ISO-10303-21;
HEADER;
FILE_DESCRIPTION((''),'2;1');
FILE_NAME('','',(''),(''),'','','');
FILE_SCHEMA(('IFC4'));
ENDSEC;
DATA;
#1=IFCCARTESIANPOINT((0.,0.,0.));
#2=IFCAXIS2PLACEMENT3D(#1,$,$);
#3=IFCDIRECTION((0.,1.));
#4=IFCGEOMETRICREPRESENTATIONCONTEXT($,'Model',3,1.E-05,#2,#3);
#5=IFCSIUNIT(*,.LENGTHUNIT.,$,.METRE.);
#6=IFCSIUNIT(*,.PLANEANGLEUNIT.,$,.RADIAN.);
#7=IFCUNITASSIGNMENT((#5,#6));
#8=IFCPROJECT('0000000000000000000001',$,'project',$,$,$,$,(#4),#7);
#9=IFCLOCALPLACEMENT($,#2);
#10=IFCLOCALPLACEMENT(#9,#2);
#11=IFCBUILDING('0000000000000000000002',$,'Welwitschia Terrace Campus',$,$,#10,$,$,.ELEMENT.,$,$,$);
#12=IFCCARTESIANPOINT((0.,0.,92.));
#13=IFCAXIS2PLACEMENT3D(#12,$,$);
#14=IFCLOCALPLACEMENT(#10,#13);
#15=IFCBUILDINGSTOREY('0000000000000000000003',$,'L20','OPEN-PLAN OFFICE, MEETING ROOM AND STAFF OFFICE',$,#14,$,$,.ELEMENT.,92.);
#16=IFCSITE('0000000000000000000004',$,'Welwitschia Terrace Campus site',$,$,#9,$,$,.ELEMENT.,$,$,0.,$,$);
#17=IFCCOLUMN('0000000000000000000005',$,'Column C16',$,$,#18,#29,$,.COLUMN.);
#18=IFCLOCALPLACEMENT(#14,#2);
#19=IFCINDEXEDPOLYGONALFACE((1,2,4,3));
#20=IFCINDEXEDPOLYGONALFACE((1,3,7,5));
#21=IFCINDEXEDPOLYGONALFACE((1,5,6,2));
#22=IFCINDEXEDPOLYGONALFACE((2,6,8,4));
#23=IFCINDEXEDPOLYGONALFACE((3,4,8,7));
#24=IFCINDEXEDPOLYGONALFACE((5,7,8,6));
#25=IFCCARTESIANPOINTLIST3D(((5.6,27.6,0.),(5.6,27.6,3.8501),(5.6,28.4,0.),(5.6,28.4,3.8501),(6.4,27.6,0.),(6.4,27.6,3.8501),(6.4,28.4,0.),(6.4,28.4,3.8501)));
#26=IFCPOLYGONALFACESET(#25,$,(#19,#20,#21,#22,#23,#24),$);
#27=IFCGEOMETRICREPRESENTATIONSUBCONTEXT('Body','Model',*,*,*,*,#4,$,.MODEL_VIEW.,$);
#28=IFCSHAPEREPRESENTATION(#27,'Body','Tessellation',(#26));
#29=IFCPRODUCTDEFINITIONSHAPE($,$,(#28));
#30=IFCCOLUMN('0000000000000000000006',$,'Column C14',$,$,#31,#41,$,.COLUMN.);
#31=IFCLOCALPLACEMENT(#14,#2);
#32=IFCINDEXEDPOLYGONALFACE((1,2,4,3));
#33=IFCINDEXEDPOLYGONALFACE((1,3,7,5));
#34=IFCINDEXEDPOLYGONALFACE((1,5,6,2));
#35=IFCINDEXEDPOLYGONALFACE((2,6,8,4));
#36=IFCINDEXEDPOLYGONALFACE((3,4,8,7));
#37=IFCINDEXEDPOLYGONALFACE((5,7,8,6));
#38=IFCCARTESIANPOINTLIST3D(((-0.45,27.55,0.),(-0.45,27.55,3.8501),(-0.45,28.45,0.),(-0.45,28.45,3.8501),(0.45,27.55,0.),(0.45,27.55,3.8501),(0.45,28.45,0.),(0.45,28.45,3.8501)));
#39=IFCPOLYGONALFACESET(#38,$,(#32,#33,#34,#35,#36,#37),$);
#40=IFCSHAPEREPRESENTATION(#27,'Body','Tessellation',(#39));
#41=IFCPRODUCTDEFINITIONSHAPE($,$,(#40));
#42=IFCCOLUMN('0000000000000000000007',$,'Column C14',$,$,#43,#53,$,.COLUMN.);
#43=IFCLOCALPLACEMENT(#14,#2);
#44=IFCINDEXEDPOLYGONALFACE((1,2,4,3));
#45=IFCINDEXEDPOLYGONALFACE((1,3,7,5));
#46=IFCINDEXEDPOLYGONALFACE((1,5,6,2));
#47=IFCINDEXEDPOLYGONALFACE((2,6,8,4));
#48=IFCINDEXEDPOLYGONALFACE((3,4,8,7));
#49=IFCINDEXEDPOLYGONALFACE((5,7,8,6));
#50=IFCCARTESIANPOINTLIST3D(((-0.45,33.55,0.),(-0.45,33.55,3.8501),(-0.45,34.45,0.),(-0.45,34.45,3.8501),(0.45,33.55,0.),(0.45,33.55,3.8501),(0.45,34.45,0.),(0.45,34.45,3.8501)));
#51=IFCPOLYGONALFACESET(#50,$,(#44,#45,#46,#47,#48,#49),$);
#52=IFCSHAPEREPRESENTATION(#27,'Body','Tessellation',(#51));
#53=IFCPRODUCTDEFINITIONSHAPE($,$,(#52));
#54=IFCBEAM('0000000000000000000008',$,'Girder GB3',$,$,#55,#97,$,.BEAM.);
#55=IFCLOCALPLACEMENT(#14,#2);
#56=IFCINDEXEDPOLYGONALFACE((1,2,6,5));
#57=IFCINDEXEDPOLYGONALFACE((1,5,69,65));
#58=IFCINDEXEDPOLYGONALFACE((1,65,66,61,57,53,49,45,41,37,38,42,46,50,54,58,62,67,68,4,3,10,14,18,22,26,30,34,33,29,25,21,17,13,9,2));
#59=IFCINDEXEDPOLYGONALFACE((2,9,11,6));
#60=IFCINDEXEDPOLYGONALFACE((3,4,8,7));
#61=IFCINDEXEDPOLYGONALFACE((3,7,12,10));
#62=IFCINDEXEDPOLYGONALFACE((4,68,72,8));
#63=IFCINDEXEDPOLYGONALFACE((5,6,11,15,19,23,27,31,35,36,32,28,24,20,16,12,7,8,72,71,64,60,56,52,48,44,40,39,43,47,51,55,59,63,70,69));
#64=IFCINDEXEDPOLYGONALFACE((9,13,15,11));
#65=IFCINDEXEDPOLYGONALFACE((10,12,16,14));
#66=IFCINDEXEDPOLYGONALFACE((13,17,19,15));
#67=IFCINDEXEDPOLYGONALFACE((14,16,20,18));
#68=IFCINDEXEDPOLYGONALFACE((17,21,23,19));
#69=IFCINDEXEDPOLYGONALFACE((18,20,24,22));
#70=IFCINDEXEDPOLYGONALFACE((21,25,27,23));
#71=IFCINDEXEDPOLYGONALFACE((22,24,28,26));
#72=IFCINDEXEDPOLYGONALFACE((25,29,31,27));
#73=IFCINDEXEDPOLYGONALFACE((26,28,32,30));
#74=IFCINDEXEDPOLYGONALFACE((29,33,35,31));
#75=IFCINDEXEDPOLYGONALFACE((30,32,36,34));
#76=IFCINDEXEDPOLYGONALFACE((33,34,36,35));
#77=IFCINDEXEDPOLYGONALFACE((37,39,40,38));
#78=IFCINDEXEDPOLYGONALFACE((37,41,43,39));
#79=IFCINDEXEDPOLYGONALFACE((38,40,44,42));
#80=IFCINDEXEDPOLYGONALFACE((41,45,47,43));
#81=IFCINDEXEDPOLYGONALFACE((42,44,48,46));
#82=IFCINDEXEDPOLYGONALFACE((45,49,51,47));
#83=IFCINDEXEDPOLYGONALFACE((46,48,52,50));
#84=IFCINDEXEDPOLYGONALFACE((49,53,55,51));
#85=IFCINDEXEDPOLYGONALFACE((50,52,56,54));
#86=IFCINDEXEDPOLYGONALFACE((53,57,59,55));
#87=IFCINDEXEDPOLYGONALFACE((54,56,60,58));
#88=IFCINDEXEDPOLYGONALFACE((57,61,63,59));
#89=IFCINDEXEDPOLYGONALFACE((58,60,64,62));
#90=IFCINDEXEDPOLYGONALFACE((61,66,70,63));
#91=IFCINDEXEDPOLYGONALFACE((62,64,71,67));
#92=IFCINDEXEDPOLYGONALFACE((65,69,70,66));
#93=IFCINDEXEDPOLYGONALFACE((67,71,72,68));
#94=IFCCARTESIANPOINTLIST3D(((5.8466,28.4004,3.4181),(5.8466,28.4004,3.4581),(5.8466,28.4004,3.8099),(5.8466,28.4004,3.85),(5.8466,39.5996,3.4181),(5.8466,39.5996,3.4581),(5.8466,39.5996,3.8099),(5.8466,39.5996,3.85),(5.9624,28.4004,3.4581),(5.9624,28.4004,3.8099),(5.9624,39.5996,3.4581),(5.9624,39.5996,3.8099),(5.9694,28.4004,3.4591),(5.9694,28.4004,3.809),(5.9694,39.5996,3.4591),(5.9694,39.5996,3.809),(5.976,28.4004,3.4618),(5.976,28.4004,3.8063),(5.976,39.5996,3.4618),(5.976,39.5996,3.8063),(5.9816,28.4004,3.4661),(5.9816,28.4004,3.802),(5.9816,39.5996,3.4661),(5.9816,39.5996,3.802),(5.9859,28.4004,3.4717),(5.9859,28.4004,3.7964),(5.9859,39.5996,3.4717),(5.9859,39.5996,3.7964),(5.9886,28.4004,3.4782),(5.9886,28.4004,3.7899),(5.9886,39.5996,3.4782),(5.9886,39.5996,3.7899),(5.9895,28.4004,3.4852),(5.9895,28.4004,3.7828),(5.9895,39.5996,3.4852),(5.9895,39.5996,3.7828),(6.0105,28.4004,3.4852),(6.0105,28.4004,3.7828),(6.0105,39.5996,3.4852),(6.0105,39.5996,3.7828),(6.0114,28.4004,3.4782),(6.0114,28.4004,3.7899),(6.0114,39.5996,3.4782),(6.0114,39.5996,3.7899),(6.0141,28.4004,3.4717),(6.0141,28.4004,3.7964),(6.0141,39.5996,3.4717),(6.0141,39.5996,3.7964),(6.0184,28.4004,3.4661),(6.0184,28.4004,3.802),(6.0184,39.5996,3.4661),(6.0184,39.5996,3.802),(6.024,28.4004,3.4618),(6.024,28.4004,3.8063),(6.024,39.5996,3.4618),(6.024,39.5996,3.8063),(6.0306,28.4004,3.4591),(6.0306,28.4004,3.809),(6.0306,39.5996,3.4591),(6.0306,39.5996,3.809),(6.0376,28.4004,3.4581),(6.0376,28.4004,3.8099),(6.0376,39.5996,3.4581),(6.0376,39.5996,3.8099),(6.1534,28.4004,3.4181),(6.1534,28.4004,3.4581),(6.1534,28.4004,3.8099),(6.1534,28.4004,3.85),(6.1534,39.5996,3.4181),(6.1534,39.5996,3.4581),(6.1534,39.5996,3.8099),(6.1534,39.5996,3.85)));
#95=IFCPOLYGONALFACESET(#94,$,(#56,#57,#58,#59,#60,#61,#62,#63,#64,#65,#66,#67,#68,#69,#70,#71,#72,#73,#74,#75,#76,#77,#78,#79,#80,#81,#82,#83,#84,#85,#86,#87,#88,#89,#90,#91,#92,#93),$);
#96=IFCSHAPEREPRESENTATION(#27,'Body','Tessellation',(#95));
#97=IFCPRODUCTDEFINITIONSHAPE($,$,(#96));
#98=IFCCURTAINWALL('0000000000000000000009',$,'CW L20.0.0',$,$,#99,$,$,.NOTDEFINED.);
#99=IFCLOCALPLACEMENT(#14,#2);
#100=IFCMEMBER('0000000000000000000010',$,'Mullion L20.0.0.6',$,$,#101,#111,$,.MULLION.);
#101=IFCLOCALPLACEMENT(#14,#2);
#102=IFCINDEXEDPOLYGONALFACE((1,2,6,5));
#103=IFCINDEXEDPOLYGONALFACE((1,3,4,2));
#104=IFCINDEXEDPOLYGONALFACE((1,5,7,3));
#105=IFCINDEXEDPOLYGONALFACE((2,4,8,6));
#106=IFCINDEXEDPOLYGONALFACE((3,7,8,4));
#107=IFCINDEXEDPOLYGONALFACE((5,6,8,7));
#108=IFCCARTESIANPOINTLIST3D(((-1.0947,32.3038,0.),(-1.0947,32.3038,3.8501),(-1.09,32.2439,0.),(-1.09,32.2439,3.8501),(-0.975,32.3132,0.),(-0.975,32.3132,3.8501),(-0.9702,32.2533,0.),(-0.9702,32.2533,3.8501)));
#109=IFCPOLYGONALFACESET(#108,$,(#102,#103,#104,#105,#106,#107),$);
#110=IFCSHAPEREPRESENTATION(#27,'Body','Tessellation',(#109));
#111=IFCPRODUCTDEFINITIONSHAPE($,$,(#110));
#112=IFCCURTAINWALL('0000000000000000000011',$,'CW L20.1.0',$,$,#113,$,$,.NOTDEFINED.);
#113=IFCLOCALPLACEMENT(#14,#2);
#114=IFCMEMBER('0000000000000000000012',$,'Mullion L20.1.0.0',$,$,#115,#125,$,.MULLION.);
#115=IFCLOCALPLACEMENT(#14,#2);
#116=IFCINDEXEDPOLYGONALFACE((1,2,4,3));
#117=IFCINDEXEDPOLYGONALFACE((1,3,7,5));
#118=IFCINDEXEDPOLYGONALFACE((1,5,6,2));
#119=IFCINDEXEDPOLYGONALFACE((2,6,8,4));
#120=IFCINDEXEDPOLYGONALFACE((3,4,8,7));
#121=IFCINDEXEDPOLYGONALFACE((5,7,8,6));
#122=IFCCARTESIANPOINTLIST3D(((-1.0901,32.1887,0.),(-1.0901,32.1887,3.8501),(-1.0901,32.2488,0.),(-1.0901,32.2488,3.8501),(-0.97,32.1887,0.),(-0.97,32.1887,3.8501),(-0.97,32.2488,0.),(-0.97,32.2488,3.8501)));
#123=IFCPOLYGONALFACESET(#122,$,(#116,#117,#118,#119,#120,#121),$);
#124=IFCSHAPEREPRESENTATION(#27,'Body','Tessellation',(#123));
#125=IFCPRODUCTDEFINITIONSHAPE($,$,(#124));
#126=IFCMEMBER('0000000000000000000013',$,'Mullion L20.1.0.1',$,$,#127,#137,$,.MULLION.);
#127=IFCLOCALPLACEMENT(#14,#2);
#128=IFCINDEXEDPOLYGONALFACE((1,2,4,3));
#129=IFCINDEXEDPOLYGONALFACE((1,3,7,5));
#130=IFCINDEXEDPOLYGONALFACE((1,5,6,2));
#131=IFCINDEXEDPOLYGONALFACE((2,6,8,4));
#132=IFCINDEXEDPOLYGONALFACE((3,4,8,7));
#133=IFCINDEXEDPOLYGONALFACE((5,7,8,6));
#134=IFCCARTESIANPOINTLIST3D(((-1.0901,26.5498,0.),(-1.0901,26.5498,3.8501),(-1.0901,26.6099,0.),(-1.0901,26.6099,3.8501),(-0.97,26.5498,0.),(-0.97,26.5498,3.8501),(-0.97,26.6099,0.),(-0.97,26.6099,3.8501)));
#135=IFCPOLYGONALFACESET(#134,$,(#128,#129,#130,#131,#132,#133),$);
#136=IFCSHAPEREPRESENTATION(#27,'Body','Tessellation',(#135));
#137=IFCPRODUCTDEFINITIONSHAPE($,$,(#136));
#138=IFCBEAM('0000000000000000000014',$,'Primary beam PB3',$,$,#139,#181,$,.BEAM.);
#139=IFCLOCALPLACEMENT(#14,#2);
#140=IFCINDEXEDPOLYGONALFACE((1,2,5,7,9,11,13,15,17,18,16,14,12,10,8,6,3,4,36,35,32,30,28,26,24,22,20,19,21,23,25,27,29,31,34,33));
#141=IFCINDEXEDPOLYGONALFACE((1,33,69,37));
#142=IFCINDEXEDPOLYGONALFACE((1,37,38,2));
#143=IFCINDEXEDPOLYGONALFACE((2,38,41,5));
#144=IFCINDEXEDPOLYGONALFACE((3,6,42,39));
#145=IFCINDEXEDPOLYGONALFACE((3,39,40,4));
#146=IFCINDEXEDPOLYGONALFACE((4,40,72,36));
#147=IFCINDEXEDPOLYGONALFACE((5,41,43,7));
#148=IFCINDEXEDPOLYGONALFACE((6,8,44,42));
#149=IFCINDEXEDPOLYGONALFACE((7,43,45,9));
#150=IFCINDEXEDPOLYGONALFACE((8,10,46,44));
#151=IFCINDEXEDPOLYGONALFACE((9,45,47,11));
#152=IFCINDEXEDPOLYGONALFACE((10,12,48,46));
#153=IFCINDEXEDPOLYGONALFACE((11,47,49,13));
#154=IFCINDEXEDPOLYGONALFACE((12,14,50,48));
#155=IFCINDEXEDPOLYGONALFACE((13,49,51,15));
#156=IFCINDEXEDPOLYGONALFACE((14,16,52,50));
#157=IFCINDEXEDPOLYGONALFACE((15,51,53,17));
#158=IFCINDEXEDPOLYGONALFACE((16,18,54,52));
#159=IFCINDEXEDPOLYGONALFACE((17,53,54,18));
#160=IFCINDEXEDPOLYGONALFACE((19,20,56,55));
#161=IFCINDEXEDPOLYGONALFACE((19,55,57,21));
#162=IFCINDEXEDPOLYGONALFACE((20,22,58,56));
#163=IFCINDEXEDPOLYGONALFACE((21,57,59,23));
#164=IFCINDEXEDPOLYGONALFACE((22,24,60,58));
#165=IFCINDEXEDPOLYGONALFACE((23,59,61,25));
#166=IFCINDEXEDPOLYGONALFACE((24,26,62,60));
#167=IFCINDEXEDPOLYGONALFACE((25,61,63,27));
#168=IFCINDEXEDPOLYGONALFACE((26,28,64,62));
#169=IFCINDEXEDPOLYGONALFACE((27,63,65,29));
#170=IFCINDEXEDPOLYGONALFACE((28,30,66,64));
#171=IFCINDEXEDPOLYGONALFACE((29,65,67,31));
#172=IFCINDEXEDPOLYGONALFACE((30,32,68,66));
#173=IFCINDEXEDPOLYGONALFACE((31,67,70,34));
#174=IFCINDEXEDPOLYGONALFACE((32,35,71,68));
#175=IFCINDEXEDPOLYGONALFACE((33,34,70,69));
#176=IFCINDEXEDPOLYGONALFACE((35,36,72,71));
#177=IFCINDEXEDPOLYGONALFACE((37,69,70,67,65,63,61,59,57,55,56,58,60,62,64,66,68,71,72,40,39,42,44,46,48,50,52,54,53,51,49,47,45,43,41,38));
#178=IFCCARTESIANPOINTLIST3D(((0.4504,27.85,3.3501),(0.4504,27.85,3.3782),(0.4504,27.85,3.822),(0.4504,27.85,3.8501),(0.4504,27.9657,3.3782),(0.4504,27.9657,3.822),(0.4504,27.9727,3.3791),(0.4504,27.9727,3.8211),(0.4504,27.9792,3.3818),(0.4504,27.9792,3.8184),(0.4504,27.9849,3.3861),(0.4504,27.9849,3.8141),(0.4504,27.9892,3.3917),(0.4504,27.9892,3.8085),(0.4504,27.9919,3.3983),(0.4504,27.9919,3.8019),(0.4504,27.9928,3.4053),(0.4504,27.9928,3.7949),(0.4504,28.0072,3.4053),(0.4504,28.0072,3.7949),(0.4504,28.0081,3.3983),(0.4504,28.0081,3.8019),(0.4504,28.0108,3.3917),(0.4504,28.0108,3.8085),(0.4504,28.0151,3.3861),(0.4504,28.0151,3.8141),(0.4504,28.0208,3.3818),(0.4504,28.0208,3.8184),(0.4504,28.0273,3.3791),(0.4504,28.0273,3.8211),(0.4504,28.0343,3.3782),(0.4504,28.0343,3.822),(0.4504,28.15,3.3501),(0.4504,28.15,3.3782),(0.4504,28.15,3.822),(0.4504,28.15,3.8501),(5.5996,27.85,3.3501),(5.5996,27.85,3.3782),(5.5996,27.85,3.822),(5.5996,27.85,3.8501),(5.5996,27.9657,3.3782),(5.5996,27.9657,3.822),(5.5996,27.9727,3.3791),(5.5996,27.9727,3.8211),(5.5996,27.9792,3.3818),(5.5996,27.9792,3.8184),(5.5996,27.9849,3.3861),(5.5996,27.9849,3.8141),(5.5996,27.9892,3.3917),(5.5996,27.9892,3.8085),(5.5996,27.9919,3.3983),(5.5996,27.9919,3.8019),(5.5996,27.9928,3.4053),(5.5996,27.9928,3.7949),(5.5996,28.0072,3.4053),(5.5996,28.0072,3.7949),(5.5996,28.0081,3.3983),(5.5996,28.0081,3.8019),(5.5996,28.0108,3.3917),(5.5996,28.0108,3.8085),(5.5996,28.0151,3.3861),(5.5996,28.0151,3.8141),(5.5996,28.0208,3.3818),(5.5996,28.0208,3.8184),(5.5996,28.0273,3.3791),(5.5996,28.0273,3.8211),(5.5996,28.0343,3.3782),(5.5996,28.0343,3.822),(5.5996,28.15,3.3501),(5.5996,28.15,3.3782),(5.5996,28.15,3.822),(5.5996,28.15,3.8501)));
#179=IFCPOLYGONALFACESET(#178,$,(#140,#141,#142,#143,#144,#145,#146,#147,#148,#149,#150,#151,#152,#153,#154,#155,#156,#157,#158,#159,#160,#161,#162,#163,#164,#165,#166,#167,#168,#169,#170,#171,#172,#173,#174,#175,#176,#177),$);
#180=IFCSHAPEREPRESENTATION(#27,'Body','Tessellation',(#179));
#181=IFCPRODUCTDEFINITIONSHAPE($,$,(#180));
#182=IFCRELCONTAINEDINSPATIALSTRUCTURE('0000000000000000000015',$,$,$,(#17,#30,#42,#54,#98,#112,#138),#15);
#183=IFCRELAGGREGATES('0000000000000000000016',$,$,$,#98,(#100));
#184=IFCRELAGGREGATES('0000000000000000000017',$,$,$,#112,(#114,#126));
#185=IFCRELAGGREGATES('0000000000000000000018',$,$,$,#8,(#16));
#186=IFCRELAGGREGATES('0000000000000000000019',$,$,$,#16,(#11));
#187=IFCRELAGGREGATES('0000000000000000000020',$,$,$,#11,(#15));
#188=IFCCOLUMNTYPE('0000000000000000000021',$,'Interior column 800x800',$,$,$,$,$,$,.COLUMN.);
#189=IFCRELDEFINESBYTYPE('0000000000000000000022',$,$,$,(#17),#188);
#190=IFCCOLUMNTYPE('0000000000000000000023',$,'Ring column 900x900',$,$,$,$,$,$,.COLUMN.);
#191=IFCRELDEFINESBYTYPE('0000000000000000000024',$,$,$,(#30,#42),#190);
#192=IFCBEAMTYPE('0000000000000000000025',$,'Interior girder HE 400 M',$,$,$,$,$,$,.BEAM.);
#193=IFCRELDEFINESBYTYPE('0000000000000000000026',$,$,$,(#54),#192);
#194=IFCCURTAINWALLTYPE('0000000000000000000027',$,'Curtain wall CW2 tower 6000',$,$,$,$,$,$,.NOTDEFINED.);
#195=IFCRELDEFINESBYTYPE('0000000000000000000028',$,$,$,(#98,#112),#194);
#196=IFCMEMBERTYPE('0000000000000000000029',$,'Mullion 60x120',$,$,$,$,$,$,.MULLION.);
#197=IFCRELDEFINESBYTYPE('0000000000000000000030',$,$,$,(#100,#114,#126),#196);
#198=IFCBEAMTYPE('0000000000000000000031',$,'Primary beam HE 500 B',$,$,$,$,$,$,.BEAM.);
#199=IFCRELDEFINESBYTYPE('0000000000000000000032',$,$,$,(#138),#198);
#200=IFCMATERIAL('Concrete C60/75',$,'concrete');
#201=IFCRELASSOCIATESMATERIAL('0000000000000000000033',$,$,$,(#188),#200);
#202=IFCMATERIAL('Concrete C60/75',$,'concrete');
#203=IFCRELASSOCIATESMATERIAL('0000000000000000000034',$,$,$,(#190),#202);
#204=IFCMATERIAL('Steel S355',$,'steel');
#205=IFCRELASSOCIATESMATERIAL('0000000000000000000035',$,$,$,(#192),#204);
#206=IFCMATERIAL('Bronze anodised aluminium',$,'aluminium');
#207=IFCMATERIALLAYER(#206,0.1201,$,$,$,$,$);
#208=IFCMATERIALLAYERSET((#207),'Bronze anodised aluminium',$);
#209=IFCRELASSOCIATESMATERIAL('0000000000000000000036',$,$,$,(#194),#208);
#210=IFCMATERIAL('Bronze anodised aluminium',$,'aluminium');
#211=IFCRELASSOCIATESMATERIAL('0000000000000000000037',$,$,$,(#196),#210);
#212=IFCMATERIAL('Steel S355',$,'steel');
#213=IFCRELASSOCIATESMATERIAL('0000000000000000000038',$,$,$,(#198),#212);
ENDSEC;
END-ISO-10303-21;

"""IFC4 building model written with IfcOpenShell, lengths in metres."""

from ifc_helpers import new_model, si_unit, direction, frame, origin, origin_2d, place, context, subcontext, project, spatial, rectangle, i_section, extrude, material, layer, layer_set, material_profile, profile_set, type_object, element, aggregate, save


model = new_model("IFC4")

# Units and contexts
model_context = context("Model", 3, precision=1e-05, world=origin(), true_north=direction((0.0, 1.0)))
body_context = subcontext(model_context, "Body", "Model", "MODEL_VIEW")
ifc_project = project(units=[si_unit("LENGTHUNIT", "METRE"), si_unit("PLANEANGLEUNIT", "RADIAN")], contexts=[model_context])

# Site, building, storey
site_placement = place(None, origin())
site = spatial("IfcSite", under=ifc_project, at=site_placement, Name="Welwitschia Terrace Campus site", CompositionType="ELEMENT", RefElevation=0.0)
building_placement = place(site_placement, origin())
building = spatial("IfcBuilding", under=site, at=building_placement, Name="Welwitschia Terrace Campus", CompositionType="ELEMENT")
storey_placement = place(building_placement, frame((0.0, 0.0, 92.0)))
storey = spatial("IfcBuildingStorey", under=building, at=storey_placement, Name="L20", Description="OPEN-PLAN OFFICE, MEETING ROOM AND STAFF OFFICE", CompositionType="ELEMENT", Elevation=92.0)

# Columns
ifc_material_1 = material(Name="Concrete C60/75", Category="concrete")
ifc_material_profile_1 = material_profile(ifc_material_1, rectangle(XDim=0.8, YDim=0.8, at=origin_2d()))
ifc_profile_set_1 = profile_set([ifc_material_profile_1], Name="Concrete C60/75")
column_type_1 = type_object("IfcColumnType", Name="Interior column 800x800", PredefinedType="COLUMN", material=ifc_profile_set_1)
column_placement = place(storey_placement, frame((6.0, 28.0, 0.0), z_axis=(0.0, 0.0, 1.0), x_axis=(1.0, 0.0, 0.0)))
element("IfcColumn", 1, at=column_placement, inside=storey, type_object=column_type_1, Name="Column C16", PredefinedType="COLUMN", context=body_context, shape_type="SweptSolid", body=[
    extrude(rectangle(XDim=0.8, YDim=0.8, at=origin_2d()), origin(), (0.0, 0.0, 1.0), 3.8501),
])
ifc_material_2 = material(Name="Concrete C60/75", Category="concrete")
ifc_material_profile_2 = material_profile(ifc_material_2, rectangle(XDim=0.8999, YDim=0.8999, at=origin_2d()))
ifc_profile_set_2 = profile_set([ifc_material_profile_2], Name="Concrete C60/75")
column_type_2 = type_object("IfcColumnType", Name="Ring column 900x900", PredefinedType="COLUMN", material=ifc_profile_set_2)
for number, where, z_axis, x_axis, name in (
    (2, (0.0, 28.0, 0.0), (0.0, 0.0, 1.0), (1.0, 0.0, 0.0), "Column C14"),
    (3, (0.0, 34.0, 0.0), (0.0, 0.0, 1.0), (1.0, 0.0, 0.0), "Column C14"),
):
    element("IfcColumn", number, at=place(storey_placement, frame(where, z_axis=z_axis, x_axis=x_axis)), inside=storey, type_object=column_type_2, Name=name, PredefinedType="COLUMN", context=body_context, shape_type="SweptSolid", body=[
        extrude(rectangle(XDim=0.8999, YDim=0.8999, at=origin_2d()), origin(), (0.0, 0.0, 1.0), 3.8501),
    ])

# Beam
ifc_material_3 = material(Name="Steel S355", Category="steel")
ifc_material_profile_3 = material_profile(ifc_material_3, i_section(OverallWidth=0.3069, OverallDepth=0.4319, WebThickness=0.021, FlangeThickness=0.04, FilletRadius=0.0271, at=origin_2d()))
ifc_profile_set_3 = profile_set([ifc_material_profile_3], Name="Steel S355")
beam_type_1 = type_object("IfcBeamType", Name="Interior girder HE 400 M", PredefinedType="BEAM", material=ifc_profile_set_3)
beam_1_placement = place(storey_placement, frame((6.0, 28.4004, 3.634), z_axis=(0.0, 1.0, 0.0), x_axis=(-1.0, 0.0, 0.0)))
element("IfcBeam", 4, at=beam_1_placement, inside=storey, type_object=beam_type_1, Name="Girder GB3", PredefinedType="BEAM", context=body_context, shape_type="SweptSolid", body=[
    extrude(i_section(OverallWidth=0.3069, OverallDepth=0.4319, WebThickness=0.021, FlangeThickness=0.04, FilletRadius=0.0271, at=origin_2d()), origin(), (0.0, 0.0, 1.0), 11.1992),
])

# Curtain wall, member
ifc_material_4 = material(Name="Bronze anodised aluminium", Category="aluminium")
ifc_layer_1 = layer(ifc_material_4, 0.1201)
ifc_layer_set_1 = layer_set([ifc_layer_1], Name="Bronze anodised aluminium")
curtain_wall_type = type_object("IfcCurtainWallType", Name="Curtain wall CW2 tower 6000", PredefinedType="NOTDEFINED", material=ifc_layer_set_1)
curtain_wall_1_placement = place(storey_placement, origin())
curtain_wall_1 = element("IfcCurtainWall", 5, at=curtain_wall_1_placement, inside=storey, type_object=curtain_wall_type, Name="CW L20.0.0", PredefinedType="NOTDEFINED")
ifc_material_5 = material(Name="Bronze anodised aluminium", Category="aluminium")
ifc_material_profile_4 = material_profile(ifc_material_5, rectangle(XDim=0.1201, YDim=0.0601, at=origin_2d()))
ifc_profile_set_4 = profile_set([ifc_material_profile_4], Name="Bronze anodised aluminium")
member_type_1 = type_object("IfcMemberType", Name="Mullion 60x120", PredefinedType="MULLION", material=ifc_profile_set_4)
member_1_placement = place(storey_placement, frame((-1.0325, 32.2786, 0.0), z_axis=(0.0, 0.0, 1.0), x_axis=(0.996917, 0.078459, 0.0)))
member_1 = element("IfcMember", 6, at=member_1_placement, type_object=member_type_1, Name="Mullion L20.0.0.6", PredefinedType="MULLION", context=body_context, shape_type="SweptSolid", body=[
    extrude(rectangle(XDim=0.1201, YDim=0.0601, at=origin_2d()), origin(), (0.0, 0.0, 1.0), 3.8501),
])
aggregate(curtain_wall_1, [member_1])

# Curtain wall, members
curtain_wall_2_placement = place(storey_placement, origin())
curtain_wall_2 = element("IfcCurtainWall", 7, at=curtain_wall_2_placement, inside=storey, type_object=curtain_wall_type, Name="CW L20.1.0", PredefinedType="NOTDEFINED")
member_2_placement = place(storey_placement, frame((-1.03, 32.2188, 0.0), z_axis=(0.0, 0.0, 1.0), x_axis=(1.0, 0.0, 0.0)))
member_2 = element("IfcMember", 8, at=member_2_placement, type_object=member_type_1, Name="Mullion L20.1.0.0", PredefinedType="MULLION", context=body_context, shape_type="SweptSolid", body=[
    extrude(rectangle(XDim=0.1201, YDim=0.0601, at=origin_2d()), origin(), (0.0, 0.0, 1.0), 3.8501),
])
member_3_placement = place(storey_placement, frame((-1.03, 26.5798, 0.0), z_axis=(0.0, 0.0, 1.0), x_axis=(1.0, 0.0, 0.0)))
member_3 = element("IfcMember", 9, at=member_3_placement, type_object=member_type_1, Name="Mullion L20.1.0.1", PredefinedType="MULLION", context=body_context, shape_type="SweptSolid", body=[
    extrude(rectangle(XDim=0.1201, YDim=0.0601, at=origin_2d()), origin(), (0.0, 0.0, 1.0), 3.8501),
])

# Beam
ifc_material_6 = material(Name="Steel S355", Category="steel")
ifc_material_profile_5 = material_profile(ifc_material_6, i_section(OverallWidth=0.3, OverallDepth=0.5, WebThickness=0.0144, FlangeThickness=0.0281, FilletRadius=0.0271, at=origin_2d()))
ifc_profile_set_5 = profile_set([ifc_material_profile_5], Name="Steel S355")
beam_type_2 = type_object("IfcBeamType", Name="Primary beam HE 500 B", PredefinedType="BEAM", material=ifc_profile_set_5)
beam_2_placement = place(storey_placement, frame((0.4504, 28.0, 3.6001), z_axis=(1.0, 0.0, 0.0), x_axis=(0.0, 1.0, 0.0)))
element("IfcBeam", 10, at=beam_2_placement, inside=storey, type_object=beam_type_2, Name="Primary beam PB3", PredefinedType="BEAM", context=body_context, shape_type="SweptSolid", body=[
    extrude(i_section(OverallWidth=0.3, OverallDepth=0.5, WebThickness=0.0144, FlangeThickness=0.0281, FilletRadius=0.0271, at=origin_2d()), origin(), (0.0, 0.0, 1.0), 5.1492),
])

aggregate(curtain_wall_2, [member_2, member_3])

save(model, "model.ifc")
